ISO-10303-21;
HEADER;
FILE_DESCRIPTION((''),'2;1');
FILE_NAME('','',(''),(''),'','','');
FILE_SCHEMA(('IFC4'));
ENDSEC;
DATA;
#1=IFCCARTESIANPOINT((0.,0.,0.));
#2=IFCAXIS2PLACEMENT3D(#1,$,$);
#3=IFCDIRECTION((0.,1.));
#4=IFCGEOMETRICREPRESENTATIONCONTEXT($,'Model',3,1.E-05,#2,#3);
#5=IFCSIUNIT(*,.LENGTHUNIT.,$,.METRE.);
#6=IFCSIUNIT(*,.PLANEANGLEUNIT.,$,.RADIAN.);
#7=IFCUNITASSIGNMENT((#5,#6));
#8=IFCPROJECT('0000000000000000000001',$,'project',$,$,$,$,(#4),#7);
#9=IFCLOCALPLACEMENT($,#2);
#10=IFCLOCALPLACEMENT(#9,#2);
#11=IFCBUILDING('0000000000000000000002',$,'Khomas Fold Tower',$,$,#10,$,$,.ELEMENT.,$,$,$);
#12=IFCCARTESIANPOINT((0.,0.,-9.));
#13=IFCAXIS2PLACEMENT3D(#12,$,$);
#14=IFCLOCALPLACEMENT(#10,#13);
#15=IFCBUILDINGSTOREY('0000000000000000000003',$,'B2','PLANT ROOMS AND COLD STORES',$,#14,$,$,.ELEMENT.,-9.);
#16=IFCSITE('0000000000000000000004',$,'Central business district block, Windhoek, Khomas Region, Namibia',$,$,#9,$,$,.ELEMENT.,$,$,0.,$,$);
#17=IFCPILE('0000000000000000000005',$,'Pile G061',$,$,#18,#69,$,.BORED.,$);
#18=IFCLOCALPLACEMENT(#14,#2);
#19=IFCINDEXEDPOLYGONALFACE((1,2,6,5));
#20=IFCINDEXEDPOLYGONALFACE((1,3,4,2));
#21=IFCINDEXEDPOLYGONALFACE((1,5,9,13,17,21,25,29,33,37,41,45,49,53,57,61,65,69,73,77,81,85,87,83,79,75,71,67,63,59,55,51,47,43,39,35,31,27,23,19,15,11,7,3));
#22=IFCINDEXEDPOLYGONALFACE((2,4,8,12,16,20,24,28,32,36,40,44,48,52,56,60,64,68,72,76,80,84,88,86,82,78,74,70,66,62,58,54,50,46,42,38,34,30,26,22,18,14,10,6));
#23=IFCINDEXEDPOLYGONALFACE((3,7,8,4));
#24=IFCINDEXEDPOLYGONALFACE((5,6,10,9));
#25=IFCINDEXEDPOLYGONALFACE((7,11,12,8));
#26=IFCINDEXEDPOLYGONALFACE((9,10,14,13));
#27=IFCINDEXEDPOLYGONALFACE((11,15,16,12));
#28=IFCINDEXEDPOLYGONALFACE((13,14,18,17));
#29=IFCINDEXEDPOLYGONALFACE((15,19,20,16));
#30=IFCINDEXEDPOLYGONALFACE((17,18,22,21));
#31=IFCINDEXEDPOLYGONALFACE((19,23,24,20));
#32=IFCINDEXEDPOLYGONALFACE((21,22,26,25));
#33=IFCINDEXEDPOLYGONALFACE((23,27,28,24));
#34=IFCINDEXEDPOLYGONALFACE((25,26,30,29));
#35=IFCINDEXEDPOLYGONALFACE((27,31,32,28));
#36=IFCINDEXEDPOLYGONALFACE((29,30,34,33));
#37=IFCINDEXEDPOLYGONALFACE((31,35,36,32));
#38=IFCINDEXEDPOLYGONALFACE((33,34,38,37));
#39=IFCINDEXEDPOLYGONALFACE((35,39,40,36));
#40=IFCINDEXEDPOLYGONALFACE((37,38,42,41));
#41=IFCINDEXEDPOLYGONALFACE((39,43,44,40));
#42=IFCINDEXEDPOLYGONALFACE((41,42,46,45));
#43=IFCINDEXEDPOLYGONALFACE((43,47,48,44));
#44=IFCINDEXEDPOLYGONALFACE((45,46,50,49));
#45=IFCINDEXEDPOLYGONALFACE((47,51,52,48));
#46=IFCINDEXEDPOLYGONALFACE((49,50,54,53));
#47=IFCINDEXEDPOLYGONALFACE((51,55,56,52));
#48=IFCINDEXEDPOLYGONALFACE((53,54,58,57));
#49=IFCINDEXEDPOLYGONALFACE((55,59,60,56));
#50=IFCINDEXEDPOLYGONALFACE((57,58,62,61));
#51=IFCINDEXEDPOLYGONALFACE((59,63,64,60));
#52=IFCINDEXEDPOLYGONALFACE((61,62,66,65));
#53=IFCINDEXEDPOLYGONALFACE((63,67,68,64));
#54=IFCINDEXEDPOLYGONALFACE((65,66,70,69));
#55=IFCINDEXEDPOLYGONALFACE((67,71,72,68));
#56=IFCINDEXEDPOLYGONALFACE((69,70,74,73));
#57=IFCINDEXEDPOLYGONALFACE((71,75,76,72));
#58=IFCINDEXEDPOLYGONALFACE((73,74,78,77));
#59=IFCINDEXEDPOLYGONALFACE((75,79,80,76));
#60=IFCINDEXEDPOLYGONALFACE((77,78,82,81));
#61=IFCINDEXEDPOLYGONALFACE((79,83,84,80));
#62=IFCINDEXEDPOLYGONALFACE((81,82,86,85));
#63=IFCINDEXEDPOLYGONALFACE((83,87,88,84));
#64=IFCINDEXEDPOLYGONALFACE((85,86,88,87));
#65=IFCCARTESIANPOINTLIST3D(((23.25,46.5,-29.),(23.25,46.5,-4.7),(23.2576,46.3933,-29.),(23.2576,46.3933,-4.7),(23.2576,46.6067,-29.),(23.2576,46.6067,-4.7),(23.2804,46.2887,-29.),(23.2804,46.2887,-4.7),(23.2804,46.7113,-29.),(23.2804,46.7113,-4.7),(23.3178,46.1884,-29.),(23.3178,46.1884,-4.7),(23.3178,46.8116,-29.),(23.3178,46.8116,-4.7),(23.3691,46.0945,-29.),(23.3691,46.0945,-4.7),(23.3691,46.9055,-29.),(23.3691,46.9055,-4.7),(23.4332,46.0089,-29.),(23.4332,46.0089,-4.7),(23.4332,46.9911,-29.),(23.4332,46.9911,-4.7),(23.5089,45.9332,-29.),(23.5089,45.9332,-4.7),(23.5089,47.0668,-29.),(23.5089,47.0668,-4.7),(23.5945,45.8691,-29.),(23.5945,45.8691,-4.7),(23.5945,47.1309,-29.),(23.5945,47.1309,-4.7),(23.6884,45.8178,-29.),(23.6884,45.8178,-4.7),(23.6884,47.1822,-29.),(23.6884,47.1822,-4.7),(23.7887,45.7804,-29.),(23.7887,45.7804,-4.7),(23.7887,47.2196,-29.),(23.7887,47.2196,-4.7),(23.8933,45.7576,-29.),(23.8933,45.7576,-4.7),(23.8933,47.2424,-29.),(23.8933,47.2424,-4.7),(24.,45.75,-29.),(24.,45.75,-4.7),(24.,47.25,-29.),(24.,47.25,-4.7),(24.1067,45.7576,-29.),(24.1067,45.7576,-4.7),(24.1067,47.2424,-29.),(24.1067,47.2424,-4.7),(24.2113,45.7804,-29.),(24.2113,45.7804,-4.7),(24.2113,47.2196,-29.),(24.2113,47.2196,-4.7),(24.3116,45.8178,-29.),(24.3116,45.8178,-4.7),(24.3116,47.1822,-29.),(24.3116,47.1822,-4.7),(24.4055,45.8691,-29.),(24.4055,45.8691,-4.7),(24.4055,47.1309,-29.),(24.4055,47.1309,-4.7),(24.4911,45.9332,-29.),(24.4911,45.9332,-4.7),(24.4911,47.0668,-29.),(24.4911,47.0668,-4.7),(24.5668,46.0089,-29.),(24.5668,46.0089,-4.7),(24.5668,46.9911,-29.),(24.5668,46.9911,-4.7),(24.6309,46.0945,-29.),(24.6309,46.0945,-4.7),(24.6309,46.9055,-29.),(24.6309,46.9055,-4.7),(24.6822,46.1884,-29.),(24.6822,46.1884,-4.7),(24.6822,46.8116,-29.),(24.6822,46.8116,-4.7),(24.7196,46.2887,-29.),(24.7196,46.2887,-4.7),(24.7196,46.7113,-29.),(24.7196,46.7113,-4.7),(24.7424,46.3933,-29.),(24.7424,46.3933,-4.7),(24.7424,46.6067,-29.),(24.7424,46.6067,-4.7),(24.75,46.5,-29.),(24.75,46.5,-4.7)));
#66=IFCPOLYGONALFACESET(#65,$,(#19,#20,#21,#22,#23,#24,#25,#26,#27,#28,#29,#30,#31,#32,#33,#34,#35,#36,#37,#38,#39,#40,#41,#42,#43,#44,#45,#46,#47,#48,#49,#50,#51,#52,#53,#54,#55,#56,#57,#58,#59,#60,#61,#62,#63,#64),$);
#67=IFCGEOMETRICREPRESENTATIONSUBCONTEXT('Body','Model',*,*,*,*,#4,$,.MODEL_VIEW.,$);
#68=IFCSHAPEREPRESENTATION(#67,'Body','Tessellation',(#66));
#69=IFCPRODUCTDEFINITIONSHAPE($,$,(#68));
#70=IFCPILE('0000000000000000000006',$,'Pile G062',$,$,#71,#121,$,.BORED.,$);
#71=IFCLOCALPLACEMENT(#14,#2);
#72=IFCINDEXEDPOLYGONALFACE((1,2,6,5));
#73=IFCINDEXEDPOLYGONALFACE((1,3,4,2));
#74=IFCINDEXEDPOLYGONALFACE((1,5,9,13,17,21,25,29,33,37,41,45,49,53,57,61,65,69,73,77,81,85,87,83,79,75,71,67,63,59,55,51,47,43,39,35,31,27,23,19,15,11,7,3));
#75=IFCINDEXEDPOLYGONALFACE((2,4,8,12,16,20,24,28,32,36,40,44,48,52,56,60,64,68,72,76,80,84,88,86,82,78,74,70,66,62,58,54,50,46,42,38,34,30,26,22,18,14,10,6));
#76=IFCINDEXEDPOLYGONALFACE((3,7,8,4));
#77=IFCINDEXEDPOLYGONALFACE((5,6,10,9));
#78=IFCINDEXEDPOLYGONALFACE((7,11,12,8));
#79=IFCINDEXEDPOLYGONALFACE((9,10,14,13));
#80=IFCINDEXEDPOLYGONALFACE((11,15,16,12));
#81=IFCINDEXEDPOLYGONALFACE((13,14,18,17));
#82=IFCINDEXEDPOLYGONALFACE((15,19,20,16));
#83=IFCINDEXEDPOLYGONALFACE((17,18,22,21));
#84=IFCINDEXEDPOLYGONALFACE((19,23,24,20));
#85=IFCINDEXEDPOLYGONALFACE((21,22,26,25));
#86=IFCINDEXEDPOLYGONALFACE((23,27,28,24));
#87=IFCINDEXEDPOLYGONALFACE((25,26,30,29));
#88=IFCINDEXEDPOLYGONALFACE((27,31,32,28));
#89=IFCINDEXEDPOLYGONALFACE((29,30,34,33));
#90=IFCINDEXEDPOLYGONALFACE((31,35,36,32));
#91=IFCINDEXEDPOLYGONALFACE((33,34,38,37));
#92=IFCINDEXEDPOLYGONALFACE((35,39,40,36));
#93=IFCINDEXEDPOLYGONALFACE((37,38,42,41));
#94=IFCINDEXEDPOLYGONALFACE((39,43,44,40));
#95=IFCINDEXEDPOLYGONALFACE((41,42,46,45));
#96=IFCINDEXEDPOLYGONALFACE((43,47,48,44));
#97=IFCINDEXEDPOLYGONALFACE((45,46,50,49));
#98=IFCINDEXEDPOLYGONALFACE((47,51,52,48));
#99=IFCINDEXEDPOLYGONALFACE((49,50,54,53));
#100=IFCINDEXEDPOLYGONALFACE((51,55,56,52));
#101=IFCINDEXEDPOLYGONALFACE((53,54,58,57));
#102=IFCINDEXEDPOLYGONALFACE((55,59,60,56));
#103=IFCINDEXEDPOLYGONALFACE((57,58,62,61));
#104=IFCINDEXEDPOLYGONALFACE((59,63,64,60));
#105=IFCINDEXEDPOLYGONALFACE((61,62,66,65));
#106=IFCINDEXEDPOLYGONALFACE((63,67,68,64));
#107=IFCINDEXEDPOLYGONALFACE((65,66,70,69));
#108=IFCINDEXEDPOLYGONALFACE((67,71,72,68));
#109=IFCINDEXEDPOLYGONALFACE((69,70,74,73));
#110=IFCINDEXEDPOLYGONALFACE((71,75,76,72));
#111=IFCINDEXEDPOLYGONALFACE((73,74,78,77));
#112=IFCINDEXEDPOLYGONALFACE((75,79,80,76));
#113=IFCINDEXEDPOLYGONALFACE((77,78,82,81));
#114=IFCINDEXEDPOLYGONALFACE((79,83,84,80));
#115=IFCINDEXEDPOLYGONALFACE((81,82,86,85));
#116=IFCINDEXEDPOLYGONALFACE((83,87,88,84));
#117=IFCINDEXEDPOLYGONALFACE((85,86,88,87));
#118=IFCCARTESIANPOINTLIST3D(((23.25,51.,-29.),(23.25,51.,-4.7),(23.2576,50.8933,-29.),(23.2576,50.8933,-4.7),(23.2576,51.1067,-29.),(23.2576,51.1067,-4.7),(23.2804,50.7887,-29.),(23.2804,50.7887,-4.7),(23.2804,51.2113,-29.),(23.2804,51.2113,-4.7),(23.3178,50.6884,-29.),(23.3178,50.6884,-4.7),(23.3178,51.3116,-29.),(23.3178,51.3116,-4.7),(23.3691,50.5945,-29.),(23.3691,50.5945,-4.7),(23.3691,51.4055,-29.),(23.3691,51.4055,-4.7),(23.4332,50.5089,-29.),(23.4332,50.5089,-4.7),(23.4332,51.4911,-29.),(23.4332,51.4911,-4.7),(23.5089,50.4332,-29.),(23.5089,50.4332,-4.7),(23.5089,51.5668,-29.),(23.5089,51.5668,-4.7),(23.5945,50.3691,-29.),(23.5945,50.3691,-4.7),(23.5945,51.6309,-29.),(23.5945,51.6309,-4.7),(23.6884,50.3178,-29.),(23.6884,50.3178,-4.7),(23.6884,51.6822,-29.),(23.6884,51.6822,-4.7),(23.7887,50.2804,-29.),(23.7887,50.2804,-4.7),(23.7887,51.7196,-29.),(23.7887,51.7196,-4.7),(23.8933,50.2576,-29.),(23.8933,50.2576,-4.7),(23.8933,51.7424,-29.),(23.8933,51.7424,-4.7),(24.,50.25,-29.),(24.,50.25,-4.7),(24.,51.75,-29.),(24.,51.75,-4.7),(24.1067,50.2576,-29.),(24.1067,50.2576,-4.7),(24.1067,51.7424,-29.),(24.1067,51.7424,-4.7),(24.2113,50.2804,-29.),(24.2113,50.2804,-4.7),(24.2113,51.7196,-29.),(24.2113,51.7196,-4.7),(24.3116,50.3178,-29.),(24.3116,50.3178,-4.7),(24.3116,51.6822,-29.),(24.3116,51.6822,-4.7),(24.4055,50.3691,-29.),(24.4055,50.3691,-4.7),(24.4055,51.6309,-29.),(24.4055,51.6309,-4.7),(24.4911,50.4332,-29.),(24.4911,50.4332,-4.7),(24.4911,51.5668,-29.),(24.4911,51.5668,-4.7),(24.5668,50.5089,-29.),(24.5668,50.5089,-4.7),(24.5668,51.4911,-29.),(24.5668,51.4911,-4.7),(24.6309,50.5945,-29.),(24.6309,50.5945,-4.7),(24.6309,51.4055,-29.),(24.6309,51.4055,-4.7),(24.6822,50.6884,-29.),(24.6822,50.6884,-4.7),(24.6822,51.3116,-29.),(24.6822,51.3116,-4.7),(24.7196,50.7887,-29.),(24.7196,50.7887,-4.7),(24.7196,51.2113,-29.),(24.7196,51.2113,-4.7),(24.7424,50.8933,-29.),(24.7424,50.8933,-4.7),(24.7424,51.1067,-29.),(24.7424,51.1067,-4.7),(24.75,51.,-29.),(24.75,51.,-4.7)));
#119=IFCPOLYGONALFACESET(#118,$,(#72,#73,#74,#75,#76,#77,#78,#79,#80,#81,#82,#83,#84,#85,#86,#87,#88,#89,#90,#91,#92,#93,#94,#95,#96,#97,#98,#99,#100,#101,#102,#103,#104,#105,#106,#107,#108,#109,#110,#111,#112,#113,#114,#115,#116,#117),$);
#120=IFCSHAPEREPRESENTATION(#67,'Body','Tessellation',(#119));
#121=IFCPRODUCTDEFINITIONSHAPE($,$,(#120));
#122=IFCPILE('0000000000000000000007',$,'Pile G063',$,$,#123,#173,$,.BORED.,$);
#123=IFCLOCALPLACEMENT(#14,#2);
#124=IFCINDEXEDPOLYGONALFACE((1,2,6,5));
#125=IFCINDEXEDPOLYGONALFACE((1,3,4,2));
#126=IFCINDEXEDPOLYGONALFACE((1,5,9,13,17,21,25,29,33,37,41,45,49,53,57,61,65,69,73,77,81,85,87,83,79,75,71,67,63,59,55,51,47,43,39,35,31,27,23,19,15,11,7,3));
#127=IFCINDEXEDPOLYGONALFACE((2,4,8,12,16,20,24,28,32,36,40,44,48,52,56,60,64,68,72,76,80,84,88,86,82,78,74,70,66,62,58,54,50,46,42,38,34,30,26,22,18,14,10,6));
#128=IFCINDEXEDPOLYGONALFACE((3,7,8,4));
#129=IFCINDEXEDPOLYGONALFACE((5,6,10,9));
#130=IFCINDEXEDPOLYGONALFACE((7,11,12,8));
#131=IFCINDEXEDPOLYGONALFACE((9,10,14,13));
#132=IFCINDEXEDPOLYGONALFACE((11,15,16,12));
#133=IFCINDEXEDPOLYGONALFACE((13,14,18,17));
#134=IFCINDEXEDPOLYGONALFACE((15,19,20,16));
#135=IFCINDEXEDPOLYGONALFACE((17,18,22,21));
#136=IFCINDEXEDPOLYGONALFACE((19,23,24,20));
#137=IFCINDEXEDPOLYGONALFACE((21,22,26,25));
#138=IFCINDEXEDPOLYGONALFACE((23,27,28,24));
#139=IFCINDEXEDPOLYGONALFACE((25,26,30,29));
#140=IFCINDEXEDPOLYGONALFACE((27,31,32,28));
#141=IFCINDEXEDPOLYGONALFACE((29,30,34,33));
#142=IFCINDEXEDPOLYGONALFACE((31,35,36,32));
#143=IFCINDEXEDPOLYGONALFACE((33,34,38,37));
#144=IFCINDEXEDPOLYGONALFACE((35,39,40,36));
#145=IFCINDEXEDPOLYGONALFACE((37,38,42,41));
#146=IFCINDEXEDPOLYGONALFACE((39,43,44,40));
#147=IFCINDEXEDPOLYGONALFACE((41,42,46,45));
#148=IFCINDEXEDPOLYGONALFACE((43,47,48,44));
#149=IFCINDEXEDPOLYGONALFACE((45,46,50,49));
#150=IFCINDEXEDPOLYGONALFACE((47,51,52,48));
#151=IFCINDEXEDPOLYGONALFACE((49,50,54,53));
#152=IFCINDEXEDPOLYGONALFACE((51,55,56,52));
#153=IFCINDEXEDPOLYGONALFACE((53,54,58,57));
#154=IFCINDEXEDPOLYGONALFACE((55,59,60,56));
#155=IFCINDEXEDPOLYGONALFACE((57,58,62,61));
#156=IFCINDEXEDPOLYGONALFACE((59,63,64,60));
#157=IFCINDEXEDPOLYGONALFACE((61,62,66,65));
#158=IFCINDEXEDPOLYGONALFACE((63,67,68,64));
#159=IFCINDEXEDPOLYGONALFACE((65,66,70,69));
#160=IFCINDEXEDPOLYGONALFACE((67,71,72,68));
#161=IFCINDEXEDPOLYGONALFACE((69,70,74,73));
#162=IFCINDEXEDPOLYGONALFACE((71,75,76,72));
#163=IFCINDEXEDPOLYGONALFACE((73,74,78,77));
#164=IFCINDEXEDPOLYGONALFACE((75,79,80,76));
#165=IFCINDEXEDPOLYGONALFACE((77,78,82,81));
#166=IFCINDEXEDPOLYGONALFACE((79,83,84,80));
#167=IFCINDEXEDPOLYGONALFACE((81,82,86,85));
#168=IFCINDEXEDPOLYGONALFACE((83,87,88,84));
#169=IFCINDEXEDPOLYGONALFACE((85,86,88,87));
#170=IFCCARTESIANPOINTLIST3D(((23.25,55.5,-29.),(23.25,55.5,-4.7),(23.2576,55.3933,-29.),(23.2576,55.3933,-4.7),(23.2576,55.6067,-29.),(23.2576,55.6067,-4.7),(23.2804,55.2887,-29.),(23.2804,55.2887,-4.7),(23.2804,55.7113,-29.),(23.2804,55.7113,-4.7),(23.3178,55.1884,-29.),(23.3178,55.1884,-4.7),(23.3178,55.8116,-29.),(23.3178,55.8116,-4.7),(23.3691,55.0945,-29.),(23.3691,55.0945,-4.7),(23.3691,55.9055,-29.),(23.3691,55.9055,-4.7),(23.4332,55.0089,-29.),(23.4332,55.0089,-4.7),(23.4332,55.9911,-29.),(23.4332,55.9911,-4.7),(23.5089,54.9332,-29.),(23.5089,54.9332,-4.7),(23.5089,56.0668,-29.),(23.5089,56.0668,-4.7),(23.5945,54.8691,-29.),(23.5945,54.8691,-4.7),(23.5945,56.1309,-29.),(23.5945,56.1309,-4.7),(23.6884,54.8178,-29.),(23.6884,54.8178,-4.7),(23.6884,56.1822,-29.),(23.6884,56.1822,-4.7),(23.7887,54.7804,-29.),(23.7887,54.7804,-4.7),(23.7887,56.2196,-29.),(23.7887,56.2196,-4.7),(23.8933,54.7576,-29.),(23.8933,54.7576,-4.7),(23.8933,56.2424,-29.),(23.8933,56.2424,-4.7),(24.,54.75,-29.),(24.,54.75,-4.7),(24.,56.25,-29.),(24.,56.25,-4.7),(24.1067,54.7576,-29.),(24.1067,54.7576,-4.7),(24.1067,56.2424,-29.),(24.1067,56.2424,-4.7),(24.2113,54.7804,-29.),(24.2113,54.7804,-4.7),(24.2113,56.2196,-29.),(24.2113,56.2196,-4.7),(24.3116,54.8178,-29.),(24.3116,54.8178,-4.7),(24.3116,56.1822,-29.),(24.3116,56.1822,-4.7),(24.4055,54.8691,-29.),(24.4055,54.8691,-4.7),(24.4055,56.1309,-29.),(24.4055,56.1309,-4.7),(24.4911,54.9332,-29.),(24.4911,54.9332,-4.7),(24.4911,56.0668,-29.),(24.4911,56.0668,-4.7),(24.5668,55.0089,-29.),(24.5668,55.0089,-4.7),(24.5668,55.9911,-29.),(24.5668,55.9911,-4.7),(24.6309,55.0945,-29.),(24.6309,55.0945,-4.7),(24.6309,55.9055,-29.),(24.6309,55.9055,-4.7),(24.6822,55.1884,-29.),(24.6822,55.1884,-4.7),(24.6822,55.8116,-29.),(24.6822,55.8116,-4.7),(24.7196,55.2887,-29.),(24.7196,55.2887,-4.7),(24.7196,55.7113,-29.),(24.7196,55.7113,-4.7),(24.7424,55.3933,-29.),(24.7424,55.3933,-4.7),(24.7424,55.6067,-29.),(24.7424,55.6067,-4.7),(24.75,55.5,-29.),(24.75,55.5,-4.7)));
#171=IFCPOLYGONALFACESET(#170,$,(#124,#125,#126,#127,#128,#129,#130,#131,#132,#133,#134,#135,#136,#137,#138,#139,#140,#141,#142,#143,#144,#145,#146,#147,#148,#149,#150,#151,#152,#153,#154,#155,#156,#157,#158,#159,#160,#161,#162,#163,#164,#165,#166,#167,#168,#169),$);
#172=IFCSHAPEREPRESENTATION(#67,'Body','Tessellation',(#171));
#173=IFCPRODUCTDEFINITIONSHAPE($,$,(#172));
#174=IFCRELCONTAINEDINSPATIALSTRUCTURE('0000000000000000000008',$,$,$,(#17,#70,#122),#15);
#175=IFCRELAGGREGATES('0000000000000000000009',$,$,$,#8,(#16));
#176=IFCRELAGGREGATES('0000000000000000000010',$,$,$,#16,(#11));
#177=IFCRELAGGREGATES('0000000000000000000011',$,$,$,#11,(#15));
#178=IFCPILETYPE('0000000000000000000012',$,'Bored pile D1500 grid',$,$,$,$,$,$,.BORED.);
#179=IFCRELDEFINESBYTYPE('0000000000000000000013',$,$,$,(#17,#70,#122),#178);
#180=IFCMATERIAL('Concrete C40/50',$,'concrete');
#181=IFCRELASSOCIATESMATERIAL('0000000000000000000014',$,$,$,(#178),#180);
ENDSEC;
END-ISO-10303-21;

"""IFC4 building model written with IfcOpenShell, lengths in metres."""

from ifc_helpers import new_model, si_unit, direction, frame, origin, origin_2d, place, context, subcontext, project, spatial, circle, extrude, source, transform, mapped, material, material_profile, profile_set, type_object, element, save


model = new_model("IFC4")

# Units and contexts
model_context = context("Model", 3, precision=1e-05, world=origin(), true_north=direction((0.0, 1.0)))
body_context = subcontext(model_context, "Body", "Model", "MODEL_VIEW")
ifc_project = project(units=[si_unit("LENGTHUNIT", "METRE"), si_unit("PLANEANGLEUNIT", "RADIAN")], contexts=[model_context])

# Site, building, storey
site_placement = place(None, origin())
site = spatial("IfcSite", under=ifc_project, at=site_placement, Name="Central business district block, Windhoek, Khomas Region, Namibia", CompositionType="ELEMENT", RefElevation=0.0)
building_placement = place(site_placement, origin())
building = spatial("IfcBuilding", under=site, at=building_placement, Name="Khomas Fold Tower", CompositionType="ELEMENT")
storey_placement = place(building_placement, frame((0.0, 0.0, -9.0)))
storey = spatial("IfcBuildingStorey", under=building, at=storey_placement, Name="B2", Description="PLANT ROOMS AND COLD STORES", CompositionType="ELEMENT", Elevation=-9.0)

# Piles
ifc_material_1 = material(Name="Concrete C40/50", Category="concrete")
ifc_material_profile_1 = material_profile(ifc_material_1, circle(Radius=0.75, at=origin_2d()), Name="PILE D1500")
ifc_profile_set_1 = profile_set([ifc_material_profile_1], Name="Concrete C40/50")
pile_type = type_object("IfcPileType", Name="Bored pile D1500 grid", PredefinedType="BORED", material=ifc_profile_set_1)
shared_shape_1 = source(origin(), body_context, "Body", "SweptSolid", [
    extrude(circle(Radius=0.75, at=origin_2d()), origin(), (0.0, 0.0, 1.0), 24.3),
])
for number, where, z_axis, x_axis, name in (
    (1, (24.0, 46.5, -4.7), (0.0, 0.0, -1.0), (1.0, 0.0, 0.0), "Pile G061"),
    (2, (24.0, 51.0, -4.7), (0.0, 0.0, -1.0), (1.0, 0.0, 0.0), "Pile G062"),
    (3, (24.0, 55.5, -4.7), (0.0, 0.0, -1.0), (1.0, 0.0, 0.0), "Pile G063"),
):
    element("IfcPile", number, at=place(storey_placement, frame(where, z_axis=z_axis, x_axis=x_axis)), inside=storey, type_object=pile_type, Name=name, PredefinedType="BORED", context=body_context, shape_type="MappedRepresentation", body=[
        mapped(shared_shape_1, transform((0.0, 0.0, 0.0))),
    ])

save(model, "model.ifc")
